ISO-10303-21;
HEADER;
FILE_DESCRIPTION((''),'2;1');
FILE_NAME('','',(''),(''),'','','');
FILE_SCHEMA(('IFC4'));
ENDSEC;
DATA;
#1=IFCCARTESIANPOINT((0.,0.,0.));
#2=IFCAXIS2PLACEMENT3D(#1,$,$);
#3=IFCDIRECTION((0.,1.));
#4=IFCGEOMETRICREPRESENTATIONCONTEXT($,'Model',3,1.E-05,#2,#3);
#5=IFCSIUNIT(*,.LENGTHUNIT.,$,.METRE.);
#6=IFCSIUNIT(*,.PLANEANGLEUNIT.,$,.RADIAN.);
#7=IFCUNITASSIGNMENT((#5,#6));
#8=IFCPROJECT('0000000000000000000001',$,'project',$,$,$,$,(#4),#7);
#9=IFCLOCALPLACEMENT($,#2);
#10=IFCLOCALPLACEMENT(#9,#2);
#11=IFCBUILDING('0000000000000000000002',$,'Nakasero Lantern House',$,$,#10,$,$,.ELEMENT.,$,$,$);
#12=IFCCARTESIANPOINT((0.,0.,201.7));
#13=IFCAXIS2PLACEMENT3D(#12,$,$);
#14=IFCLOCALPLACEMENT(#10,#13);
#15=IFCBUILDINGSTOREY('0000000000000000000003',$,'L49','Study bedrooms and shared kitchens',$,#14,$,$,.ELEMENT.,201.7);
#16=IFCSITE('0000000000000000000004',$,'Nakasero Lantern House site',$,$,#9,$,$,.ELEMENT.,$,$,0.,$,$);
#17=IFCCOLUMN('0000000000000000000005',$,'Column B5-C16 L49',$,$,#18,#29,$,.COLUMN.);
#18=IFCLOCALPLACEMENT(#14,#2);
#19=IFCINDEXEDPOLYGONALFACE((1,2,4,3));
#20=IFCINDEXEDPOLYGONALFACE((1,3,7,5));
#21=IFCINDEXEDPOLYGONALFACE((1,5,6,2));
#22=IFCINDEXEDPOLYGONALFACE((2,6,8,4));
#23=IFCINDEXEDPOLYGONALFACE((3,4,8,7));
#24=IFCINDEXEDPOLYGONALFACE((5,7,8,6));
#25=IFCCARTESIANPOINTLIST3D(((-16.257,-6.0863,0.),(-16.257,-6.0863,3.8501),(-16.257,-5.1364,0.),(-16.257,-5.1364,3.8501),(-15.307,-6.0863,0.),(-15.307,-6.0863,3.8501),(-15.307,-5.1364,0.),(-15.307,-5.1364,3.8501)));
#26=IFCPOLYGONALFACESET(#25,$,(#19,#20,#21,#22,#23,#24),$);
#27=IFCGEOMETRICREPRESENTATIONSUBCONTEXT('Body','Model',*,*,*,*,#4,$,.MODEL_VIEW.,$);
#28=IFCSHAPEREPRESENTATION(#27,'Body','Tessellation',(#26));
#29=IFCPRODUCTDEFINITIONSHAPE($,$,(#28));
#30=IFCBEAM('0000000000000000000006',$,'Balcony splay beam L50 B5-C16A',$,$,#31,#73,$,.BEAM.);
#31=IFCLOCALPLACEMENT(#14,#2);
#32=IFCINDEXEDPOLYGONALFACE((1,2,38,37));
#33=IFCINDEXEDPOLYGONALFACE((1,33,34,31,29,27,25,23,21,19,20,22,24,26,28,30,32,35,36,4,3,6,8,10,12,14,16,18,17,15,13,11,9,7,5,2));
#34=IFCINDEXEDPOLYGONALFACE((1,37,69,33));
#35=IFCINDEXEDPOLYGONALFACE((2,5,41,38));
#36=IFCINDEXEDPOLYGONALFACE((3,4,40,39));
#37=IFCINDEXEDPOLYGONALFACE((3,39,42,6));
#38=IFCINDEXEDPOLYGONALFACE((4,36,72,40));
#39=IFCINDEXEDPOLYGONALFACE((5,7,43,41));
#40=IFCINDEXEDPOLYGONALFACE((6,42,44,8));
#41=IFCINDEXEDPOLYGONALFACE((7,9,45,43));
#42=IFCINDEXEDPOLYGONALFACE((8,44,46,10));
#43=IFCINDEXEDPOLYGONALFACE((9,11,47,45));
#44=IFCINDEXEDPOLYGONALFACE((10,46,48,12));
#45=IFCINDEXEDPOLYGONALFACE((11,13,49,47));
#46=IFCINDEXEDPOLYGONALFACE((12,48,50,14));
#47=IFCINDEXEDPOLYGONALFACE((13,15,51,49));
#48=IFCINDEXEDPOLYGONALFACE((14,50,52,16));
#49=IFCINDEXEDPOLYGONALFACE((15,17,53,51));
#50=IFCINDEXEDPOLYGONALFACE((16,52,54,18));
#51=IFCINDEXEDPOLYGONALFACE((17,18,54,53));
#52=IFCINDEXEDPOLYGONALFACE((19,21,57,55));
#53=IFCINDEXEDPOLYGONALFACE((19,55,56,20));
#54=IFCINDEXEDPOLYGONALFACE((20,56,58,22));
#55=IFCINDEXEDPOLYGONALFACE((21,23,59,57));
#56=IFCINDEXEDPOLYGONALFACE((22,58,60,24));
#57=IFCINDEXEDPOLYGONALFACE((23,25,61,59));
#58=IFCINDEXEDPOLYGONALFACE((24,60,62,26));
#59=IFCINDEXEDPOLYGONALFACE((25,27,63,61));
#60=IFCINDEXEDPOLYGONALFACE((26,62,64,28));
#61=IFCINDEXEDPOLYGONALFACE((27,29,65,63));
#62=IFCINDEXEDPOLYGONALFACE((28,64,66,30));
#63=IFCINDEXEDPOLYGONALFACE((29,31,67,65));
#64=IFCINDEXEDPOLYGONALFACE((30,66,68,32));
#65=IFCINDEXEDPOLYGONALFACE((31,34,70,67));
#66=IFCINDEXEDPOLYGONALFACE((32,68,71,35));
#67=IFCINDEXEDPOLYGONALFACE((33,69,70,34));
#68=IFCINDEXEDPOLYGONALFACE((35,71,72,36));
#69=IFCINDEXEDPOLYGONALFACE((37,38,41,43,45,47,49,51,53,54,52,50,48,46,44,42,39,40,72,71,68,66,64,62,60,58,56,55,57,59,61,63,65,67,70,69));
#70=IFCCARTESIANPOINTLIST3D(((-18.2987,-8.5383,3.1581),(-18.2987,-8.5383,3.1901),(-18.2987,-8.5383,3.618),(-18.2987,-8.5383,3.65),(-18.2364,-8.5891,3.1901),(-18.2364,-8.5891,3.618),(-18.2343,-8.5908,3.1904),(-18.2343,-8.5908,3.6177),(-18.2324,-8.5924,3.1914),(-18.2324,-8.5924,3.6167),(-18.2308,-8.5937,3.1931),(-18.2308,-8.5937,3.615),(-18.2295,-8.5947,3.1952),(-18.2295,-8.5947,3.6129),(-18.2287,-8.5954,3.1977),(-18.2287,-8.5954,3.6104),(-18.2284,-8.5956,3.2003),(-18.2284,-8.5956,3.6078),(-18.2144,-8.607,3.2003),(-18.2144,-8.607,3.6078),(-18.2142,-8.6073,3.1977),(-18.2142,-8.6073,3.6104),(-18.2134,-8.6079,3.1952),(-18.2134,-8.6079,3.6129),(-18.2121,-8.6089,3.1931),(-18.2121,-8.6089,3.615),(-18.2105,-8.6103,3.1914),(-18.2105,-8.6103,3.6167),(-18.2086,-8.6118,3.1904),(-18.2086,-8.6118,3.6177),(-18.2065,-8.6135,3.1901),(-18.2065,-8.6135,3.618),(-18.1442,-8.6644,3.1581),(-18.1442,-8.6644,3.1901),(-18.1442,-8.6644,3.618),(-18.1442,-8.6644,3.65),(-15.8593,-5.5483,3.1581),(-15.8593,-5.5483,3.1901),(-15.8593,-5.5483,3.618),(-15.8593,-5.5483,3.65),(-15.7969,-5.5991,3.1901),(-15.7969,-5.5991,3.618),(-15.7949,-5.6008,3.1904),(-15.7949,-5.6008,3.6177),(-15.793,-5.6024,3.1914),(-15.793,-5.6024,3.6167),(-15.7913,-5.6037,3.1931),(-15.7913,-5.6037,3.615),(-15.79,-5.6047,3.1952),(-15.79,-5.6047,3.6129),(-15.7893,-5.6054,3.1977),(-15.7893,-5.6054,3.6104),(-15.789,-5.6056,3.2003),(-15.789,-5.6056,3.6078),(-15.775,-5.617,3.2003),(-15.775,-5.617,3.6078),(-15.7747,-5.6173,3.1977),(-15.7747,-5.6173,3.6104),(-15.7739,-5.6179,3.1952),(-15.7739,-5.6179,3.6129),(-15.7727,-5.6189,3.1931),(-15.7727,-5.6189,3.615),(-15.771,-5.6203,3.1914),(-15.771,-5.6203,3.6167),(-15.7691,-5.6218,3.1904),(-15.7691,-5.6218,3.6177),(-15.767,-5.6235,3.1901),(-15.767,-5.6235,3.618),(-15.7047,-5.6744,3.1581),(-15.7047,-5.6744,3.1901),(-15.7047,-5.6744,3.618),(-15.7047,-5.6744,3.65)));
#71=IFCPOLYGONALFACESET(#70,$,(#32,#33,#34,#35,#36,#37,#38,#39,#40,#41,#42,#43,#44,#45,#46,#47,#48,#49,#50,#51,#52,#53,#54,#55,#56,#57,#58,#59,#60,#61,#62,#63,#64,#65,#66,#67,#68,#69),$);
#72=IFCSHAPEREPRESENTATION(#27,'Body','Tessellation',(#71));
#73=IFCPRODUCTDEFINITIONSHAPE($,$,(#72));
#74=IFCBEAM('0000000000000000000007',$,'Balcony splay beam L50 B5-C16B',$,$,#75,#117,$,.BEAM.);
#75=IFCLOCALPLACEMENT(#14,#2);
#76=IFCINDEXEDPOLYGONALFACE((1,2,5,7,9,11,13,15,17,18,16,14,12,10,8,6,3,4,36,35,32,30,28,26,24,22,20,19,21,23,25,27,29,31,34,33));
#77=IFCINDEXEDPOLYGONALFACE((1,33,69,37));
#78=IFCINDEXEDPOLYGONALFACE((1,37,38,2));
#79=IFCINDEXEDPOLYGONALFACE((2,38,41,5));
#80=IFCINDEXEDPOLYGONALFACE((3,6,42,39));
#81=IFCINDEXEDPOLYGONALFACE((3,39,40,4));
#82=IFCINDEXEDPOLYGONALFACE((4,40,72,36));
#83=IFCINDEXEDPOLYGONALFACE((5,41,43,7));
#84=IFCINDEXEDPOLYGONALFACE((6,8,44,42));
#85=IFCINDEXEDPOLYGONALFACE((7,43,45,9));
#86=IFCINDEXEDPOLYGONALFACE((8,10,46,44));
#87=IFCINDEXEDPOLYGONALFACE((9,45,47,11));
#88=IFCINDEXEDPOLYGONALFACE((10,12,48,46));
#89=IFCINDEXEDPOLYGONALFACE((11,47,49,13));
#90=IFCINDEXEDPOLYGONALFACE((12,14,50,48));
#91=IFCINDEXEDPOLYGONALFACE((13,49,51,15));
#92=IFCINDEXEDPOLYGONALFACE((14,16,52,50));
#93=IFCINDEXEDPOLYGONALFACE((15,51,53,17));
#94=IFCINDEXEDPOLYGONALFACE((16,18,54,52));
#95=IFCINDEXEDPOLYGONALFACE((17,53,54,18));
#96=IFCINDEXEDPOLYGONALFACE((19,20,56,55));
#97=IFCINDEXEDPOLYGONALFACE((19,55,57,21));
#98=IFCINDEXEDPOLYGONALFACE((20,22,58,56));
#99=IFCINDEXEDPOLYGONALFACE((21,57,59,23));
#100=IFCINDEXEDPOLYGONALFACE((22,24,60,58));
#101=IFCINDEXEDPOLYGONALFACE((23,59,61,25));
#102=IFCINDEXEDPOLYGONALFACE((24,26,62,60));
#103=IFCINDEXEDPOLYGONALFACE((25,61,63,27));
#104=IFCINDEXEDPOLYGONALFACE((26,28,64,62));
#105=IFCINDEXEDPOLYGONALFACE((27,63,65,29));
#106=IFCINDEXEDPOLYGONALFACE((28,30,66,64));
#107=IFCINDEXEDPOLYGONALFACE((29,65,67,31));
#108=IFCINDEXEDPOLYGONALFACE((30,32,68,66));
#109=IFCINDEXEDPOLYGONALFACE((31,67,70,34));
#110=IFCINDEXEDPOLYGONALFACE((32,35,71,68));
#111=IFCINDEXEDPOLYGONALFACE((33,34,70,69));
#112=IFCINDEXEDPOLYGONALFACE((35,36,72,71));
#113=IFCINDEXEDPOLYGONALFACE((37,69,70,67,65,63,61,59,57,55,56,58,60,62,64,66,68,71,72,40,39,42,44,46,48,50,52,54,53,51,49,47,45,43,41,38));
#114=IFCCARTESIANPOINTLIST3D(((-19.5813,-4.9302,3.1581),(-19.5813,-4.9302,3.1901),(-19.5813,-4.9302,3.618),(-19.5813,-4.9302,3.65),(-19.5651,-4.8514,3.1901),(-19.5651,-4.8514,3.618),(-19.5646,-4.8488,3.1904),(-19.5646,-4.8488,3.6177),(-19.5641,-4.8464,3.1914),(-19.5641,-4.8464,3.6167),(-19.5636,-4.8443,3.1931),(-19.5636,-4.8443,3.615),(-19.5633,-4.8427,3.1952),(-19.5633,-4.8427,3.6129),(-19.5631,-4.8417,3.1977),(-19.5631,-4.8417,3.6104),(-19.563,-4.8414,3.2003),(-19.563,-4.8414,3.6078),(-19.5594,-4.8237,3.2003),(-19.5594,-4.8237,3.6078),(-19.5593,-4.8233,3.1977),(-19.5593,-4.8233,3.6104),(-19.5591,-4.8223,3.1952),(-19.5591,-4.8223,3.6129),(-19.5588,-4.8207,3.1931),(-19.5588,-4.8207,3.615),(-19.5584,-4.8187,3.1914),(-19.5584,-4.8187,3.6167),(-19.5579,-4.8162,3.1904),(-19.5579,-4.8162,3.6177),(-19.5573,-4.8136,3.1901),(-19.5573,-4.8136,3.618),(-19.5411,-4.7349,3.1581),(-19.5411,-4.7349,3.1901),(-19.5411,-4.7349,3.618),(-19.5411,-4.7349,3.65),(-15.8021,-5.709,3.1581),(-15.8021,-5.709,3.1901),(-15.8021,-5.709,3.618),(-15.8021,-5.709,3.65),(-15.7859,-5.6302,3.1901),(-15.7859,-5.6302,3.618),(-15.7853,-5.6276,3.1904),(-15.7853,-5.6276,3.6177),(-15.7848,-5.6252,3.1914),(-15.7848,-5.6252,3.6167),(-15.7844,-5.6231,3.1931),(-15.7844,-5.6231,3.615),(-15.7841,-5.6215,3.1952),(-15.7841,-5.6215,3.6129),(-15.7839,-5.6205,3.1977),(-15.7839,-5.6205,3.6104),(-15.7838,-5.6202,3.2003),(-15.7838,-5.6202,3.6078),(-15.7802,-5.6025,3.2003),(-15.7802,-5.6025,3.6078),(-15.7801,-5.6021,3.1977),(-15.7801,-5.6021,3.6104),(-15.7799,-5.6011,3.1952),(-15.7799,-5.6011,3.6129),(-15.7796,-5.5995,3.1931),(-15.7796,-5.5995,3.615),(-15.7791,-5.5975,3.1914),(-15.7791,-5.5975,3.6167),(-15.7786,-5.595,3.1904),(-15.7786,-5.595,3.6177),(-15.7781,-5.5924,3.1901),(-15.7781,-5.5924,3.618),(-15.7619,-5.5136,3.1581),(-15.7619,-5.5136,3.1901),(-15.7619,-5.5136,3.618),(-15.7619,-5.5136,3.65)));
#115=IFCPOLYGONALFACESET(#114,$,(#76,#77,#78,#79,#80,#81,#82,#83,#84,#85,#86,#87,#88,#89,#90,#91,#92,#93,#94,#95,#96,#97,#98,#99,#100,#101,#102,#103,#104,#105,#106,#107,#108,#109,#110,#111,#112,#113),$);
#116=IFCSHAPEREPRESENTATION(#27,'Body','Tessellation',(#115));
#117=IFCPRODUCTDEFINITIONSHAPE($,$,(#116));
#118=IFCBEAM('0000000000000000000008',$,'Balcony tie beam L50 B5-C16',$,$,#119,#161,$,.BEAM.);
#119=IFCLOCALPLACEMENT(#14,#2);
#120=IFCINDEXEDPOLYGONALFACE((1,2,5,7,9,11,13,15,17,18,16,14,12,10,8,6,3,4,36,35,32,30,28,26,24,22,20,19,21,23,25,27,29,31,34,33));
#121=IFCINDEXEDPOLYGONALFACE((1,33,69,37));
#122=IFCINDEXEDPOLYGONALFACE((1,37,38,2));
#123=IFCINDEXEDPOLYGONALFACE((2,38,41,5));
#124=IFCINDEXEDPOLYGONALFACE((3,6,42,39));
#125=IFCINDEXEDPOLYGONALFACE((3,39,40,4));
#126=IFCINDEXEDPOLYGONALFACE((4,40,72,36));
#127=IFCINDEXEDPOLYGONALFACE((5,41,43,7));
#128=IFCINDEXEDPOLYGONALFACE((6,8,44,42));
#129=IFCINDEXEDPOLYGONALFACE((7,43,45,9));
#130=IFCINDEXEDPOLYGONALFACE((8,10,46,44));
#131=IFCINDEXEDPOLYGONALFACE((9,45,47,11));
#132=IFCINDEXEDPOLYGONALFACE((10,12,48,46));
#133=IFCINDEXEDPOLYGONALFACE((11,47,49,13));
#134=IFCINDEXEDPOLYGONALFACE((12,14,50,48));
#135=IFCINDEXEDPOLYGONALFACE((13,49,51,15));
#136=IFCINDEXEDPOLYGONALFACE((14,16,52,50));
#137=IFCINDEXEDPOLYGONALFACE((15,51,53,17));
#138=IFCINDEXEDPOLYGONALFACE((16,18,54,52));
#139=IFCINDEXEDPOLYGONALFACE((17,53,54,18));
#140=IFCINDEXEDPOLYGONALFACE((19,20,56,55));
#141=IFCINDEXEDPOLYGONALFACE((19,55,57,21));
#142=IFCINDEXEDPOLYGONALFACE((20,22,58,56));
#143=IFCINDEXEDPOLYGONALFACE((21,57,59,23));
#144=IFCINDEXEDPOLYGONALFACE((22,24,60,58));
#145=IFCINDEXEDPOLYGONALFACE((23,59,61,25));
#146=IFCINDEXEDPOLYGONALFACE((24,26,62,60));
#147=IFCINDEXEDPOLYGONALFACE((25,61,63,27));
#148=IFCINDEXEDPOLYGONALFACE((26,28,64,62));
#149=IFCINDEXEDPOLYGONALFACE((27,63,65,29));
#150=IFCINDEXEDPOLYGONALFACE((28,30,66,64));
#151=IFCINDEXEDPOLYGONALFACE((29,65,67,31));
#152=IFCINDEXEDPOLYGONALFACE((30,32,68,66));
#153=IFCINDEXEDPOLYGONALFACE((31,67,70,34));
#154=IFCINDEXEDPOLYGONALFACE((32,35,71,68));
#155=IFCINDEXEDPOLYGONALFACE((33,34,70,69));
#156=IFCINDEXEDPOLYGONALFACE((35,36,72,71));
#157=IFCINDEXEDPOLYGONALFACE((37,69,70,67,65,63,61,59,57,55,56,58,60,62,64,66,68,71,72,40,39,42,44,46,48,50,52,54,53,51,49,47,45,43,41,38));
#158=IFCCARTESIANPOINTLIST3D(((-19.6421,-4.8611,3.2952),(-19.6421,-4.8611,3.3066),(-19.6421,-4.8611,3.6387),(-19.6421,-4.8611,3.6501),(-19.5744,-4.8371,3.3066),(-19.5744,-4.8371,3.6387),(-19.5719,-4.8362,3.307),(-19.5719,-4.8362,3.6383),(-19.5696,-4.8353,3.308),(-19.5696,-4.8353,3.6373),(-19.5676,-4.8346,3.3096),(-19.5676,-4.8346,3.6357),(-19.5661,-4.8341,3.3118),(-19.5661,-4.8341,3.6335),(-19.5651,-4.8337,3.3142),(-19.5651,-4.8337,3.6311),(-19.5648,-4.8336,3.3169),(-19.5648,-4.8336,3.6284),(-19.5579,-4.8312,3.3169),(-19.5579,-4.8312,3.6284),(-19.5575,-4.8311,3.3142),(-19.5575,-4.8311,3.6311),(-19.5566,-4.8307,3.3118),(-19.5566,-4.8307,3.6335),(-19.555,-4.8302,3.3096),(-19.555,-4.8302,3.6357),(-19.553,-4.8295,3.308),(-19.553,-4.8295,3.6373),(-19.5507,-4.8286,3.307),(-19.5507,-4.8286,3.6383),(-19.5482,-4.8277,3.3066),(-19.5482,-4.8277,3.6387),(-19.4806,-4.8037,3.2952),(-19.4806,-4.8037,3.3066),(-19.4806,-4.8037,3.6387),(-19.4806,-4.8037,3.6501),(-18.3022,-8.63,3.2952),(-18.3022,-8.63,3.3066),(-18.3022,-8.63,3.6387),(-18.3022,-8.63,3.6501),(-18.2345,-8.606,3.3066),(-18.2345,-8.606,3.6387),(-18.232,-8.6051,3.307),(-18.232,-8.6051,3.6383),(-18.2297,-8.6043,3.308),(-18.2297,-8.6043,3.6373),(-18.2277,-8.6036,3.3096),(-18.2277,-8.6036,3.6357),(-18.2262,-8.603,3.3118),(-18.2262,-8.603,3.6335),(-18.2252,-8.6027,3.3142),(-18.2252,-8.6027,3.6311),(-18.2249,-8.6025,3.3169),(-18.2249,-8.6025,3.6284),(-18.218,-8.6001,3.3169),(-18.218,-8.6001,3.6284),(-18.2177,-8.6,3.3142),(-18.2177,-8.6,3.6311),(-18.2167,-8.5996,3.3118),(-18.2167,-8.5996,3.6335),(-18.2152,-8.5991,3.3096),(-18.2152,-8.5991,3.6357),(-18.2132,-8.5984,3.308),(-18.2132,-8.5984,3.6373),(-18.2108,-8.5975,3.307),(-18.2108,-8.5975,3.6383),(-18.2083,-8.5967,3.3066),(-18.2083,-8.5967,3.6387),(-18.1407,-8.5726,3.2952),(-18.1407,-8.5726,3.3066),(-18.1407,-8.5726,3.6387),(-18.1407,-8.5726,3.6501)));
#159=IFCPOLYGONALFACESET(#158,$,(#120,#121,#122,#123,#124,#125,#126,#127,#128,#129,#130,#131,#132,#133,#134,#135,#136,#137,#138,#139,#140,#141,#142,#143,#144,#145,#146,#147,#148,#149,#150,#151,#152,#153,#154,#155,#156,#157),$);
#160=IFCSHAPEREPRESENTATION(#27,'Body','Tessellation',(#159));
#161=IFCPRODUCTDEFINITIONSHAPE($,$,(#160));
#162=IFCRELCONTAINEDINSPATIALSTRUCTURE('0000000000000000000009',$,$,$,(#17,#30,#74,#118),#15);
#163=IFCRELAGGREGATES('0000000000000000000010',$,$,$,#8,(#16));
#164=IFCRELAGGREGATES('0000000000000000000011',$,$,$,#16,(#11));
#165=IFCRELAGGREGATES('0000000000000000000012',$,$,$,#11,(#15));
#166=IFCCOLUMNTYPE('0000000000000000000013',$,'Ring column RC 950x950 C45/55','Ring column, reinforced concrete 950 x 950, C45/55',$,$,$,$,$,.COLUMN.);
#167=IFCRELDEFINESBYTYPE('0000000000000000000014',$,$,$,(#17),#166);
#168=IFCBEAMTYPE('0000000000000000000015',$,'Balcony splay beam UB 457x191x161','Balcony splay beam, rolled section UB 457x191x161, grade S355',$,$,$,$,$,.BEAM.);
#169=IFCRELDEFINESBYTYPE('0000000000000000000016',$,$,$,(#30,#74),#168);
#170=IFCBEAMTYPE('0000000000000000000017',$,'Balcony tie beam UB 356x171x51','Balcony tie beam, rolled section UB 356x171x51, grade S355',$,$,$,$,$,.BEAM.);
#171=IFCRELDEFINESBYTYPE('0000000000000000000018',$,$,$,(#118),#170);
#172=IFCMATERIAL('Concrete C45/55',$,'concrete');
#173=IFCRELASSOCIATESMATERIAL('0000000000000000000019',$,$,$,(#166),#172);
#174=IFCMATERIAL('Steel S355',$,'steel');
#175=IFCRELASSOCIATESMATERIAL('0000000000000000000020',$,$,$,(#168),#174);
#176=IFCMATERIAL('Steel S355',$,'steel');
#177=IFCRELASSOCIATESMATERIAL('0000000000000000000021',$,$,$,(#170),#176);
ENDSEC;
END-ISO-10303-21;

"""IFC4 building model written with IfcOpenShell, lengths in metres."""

from ifc_helpers import new_model, si_unit, direction, frame, origin, origin_2d, place, context, subcontext, project, spatial, rectangle, i_section, extrude, material, material_profile, profile_set, type_object, element, save


model = new_model("IFC4")

# Units and contexts
model_context = context("Model", 3, precision=1e-05, world=origin(), true_north=direction((0.0, 1.0)))
body_context = subcontext(model_context, "Body", "Model", "MODEL_VIEW")
ifc_project = project(units=[si_unit("LENGTHUNIT", "METRE"), si_unit("PLANEANGLEUNIT", "RADIAN")], contexts=[model_context])

# Site, building, storey
site_placement = place(None, origin())
site = spatial("IfcSite", under=ifc_project, at=site_placement, Name="Nakasero Lantern House site", CompositionType="ELEMENT", RefElevation=0.0)
building_placement = place(site_placement, origin())
building = spatial("IfcBuilding", under=site, at=building_placement, Name="Nakasero Lantern House", CompositionType="ELEMENT")
storey_placement = place(building_placement, frame((0.0, 0.0, 201.7)))
storey = spatial("IfcBuildingStorey", under=building, at=storey_placement, Name="L49", Description="Study bedrooms and shared kitchens", CompositionType="ELEMENT", Elevation=201.7)

# Column
ifc_material_1 = material(Name="Concrete C45/55", Category="concrete")
ifc_material_profile_1 = material_profile(ifc_material_1, rectangle(XDim=0.95, YDim=0.95, at=origin_2d()), Name="RC 950x950")
ifc_profile_set_1 = profile_set([ifc_material_profile_1], Name="Concrete C45/55")
column_type = type_object("IfcColumnType", Name="Ring column RC 950x950 C45/55", Description="Ring column, reinforced concrete 950 x 950, C45/55", PredefinedType="COLUMN", material=ifc_profile_set_1)
column_placement = place(storey_placement, frame((-15.782, -5.6113, 0.0), z_axis=(0.0, 0.0, 1.0), x_axis=(1.0, 0.0, 0.0)))
element("IfcColumn", 1, at=column_placement, inside=storey, type_object=column_type, Name="Column B5-C16 L49", PredefinedType="COLUMN", context=body_context, shape_type="SweptSolid", body=[
    extrude(rectangle(XDim=0.95, YDim=0.95, at=origin_2d()), origin(), (0.0, 0.0, 1.0), 3.8501),
])

# Beams
ifc_material_2 = material(Name="Steel S355", Category="steel")
ifc_material_profile_2 = material_profile(ifc_material_2, i_section(OverallWidth=0.1995, OverallDepth=0.4919, WebThickness=0.0181, FlangeThickness=0.032, FilletRadius=0.0103, at=origin_2d()), Name="UB 457x191x161")
ifc_profile_set_2 = profile_set([ifc_material_profile_2], Name="Steel S355")
beam_type_1 = type_object("IfcBeamType", Name="Balcony splay beam UB 457x191x161", Description="Balcony splay beam, rolled section UB 457x191x161, grade S355", PredefinedType="BEAM", material=ifc_profile_set_2)
beam_1_placement = place(storey_placement, frame((-15.782, -5.6113, 3.4041), z_axis=(-0.632166, -0.774833, 0.0), x_axis=(0.774833, -0.632166, 0.0)))
element("IfcBeam", 2, at=beam_1_placement, inside=storey, type_object=beam_type_1, Name="Balcony splay beam L50 B5-C16A", PredefinedType="BEAM", context=body_context, shape_type="SweptSolid", body=[
    extrude(i_section(OverallWidth=0.1995, OverallDepth=0.4919, WebThickness=0.0181, FlangeThickness=0.032, FilletRadius=0.0103, at=origin_2d()), origin(), (0.0, 0.0, 1.0), 3.8589),
])
beam_2_placement = place(storey_placement, frame((-15.782, -5.6113, 3.4041), z_axis=(-0.97942, 0.201831, 0.0), x_axis=(-0.201831, -0.97942, 0.0)))
element("IfcBeam", 3, at=beam_2_placement, inside=storey, type_object=beam_type_1, Name="Balcony splay beam L50 B5-C16B", PredefinedType="BEAM", context=body_context, shape_type="SweptSolid", body=[
    extrude(i_section(OverallWidth=0.1995, OverallDepth=0.4919, WebThickness=0.0181, FlangeThickness=0.032, FilletRadius=0.0103, at=origin_2d()), origin(), (0.0, 0.0, 1.0), 3.8586),
])
ifc_material_3 = material(Name="Steel S355", Category="steel")
ifc_material_profile_3 = material_profile(ifc_material_3, i_section(OverallWidth=0.1714, OverallDepth=0.355, WebThickness=0.0073, FlangeThickness=0.0115, FilletRadius=0.0103, at=origin_2d()), Name="UB 356x171x51")
ifc_profile_set_3 = profile_set([ifc_material_profile_3], Name="Steel S355")
beam_type_2 = type_object("IfcBeamType", Name="Balcony tie beam UB 356x171x51", Description="Balcony tie beam, rolled section UB 356x171x51, grade S355", PredefinedType="BEAM", material=ifc_profile_set_3)
beam_3_placement = place(storey_placement, frame((-18.2214, -8.6013, 3.4727), z_axis=(-0.334971, 0.942228, 0.0), x_axis=(-0.942228, -0.334971, 0.0)))
element("IfcBeam", 4, at=beam_3_placement, inside=storey, type_object=beam_type_2, Name="Balcony tie beam L50 B5-C16", PredefinedType="BEAM", context=body_context, shape_type="SweptSolid", body=[
    extrude(i_section(OverallWidth=0.1714, OverallDepth=0.355, WebThickness=0.0073, FlangeThickness=0.0115, FilletRadius=0.0103, at=origin_2d()), origin(), (0.0, 0.0, 1.0), 4.0),
])

save(model, "model.ifc")
